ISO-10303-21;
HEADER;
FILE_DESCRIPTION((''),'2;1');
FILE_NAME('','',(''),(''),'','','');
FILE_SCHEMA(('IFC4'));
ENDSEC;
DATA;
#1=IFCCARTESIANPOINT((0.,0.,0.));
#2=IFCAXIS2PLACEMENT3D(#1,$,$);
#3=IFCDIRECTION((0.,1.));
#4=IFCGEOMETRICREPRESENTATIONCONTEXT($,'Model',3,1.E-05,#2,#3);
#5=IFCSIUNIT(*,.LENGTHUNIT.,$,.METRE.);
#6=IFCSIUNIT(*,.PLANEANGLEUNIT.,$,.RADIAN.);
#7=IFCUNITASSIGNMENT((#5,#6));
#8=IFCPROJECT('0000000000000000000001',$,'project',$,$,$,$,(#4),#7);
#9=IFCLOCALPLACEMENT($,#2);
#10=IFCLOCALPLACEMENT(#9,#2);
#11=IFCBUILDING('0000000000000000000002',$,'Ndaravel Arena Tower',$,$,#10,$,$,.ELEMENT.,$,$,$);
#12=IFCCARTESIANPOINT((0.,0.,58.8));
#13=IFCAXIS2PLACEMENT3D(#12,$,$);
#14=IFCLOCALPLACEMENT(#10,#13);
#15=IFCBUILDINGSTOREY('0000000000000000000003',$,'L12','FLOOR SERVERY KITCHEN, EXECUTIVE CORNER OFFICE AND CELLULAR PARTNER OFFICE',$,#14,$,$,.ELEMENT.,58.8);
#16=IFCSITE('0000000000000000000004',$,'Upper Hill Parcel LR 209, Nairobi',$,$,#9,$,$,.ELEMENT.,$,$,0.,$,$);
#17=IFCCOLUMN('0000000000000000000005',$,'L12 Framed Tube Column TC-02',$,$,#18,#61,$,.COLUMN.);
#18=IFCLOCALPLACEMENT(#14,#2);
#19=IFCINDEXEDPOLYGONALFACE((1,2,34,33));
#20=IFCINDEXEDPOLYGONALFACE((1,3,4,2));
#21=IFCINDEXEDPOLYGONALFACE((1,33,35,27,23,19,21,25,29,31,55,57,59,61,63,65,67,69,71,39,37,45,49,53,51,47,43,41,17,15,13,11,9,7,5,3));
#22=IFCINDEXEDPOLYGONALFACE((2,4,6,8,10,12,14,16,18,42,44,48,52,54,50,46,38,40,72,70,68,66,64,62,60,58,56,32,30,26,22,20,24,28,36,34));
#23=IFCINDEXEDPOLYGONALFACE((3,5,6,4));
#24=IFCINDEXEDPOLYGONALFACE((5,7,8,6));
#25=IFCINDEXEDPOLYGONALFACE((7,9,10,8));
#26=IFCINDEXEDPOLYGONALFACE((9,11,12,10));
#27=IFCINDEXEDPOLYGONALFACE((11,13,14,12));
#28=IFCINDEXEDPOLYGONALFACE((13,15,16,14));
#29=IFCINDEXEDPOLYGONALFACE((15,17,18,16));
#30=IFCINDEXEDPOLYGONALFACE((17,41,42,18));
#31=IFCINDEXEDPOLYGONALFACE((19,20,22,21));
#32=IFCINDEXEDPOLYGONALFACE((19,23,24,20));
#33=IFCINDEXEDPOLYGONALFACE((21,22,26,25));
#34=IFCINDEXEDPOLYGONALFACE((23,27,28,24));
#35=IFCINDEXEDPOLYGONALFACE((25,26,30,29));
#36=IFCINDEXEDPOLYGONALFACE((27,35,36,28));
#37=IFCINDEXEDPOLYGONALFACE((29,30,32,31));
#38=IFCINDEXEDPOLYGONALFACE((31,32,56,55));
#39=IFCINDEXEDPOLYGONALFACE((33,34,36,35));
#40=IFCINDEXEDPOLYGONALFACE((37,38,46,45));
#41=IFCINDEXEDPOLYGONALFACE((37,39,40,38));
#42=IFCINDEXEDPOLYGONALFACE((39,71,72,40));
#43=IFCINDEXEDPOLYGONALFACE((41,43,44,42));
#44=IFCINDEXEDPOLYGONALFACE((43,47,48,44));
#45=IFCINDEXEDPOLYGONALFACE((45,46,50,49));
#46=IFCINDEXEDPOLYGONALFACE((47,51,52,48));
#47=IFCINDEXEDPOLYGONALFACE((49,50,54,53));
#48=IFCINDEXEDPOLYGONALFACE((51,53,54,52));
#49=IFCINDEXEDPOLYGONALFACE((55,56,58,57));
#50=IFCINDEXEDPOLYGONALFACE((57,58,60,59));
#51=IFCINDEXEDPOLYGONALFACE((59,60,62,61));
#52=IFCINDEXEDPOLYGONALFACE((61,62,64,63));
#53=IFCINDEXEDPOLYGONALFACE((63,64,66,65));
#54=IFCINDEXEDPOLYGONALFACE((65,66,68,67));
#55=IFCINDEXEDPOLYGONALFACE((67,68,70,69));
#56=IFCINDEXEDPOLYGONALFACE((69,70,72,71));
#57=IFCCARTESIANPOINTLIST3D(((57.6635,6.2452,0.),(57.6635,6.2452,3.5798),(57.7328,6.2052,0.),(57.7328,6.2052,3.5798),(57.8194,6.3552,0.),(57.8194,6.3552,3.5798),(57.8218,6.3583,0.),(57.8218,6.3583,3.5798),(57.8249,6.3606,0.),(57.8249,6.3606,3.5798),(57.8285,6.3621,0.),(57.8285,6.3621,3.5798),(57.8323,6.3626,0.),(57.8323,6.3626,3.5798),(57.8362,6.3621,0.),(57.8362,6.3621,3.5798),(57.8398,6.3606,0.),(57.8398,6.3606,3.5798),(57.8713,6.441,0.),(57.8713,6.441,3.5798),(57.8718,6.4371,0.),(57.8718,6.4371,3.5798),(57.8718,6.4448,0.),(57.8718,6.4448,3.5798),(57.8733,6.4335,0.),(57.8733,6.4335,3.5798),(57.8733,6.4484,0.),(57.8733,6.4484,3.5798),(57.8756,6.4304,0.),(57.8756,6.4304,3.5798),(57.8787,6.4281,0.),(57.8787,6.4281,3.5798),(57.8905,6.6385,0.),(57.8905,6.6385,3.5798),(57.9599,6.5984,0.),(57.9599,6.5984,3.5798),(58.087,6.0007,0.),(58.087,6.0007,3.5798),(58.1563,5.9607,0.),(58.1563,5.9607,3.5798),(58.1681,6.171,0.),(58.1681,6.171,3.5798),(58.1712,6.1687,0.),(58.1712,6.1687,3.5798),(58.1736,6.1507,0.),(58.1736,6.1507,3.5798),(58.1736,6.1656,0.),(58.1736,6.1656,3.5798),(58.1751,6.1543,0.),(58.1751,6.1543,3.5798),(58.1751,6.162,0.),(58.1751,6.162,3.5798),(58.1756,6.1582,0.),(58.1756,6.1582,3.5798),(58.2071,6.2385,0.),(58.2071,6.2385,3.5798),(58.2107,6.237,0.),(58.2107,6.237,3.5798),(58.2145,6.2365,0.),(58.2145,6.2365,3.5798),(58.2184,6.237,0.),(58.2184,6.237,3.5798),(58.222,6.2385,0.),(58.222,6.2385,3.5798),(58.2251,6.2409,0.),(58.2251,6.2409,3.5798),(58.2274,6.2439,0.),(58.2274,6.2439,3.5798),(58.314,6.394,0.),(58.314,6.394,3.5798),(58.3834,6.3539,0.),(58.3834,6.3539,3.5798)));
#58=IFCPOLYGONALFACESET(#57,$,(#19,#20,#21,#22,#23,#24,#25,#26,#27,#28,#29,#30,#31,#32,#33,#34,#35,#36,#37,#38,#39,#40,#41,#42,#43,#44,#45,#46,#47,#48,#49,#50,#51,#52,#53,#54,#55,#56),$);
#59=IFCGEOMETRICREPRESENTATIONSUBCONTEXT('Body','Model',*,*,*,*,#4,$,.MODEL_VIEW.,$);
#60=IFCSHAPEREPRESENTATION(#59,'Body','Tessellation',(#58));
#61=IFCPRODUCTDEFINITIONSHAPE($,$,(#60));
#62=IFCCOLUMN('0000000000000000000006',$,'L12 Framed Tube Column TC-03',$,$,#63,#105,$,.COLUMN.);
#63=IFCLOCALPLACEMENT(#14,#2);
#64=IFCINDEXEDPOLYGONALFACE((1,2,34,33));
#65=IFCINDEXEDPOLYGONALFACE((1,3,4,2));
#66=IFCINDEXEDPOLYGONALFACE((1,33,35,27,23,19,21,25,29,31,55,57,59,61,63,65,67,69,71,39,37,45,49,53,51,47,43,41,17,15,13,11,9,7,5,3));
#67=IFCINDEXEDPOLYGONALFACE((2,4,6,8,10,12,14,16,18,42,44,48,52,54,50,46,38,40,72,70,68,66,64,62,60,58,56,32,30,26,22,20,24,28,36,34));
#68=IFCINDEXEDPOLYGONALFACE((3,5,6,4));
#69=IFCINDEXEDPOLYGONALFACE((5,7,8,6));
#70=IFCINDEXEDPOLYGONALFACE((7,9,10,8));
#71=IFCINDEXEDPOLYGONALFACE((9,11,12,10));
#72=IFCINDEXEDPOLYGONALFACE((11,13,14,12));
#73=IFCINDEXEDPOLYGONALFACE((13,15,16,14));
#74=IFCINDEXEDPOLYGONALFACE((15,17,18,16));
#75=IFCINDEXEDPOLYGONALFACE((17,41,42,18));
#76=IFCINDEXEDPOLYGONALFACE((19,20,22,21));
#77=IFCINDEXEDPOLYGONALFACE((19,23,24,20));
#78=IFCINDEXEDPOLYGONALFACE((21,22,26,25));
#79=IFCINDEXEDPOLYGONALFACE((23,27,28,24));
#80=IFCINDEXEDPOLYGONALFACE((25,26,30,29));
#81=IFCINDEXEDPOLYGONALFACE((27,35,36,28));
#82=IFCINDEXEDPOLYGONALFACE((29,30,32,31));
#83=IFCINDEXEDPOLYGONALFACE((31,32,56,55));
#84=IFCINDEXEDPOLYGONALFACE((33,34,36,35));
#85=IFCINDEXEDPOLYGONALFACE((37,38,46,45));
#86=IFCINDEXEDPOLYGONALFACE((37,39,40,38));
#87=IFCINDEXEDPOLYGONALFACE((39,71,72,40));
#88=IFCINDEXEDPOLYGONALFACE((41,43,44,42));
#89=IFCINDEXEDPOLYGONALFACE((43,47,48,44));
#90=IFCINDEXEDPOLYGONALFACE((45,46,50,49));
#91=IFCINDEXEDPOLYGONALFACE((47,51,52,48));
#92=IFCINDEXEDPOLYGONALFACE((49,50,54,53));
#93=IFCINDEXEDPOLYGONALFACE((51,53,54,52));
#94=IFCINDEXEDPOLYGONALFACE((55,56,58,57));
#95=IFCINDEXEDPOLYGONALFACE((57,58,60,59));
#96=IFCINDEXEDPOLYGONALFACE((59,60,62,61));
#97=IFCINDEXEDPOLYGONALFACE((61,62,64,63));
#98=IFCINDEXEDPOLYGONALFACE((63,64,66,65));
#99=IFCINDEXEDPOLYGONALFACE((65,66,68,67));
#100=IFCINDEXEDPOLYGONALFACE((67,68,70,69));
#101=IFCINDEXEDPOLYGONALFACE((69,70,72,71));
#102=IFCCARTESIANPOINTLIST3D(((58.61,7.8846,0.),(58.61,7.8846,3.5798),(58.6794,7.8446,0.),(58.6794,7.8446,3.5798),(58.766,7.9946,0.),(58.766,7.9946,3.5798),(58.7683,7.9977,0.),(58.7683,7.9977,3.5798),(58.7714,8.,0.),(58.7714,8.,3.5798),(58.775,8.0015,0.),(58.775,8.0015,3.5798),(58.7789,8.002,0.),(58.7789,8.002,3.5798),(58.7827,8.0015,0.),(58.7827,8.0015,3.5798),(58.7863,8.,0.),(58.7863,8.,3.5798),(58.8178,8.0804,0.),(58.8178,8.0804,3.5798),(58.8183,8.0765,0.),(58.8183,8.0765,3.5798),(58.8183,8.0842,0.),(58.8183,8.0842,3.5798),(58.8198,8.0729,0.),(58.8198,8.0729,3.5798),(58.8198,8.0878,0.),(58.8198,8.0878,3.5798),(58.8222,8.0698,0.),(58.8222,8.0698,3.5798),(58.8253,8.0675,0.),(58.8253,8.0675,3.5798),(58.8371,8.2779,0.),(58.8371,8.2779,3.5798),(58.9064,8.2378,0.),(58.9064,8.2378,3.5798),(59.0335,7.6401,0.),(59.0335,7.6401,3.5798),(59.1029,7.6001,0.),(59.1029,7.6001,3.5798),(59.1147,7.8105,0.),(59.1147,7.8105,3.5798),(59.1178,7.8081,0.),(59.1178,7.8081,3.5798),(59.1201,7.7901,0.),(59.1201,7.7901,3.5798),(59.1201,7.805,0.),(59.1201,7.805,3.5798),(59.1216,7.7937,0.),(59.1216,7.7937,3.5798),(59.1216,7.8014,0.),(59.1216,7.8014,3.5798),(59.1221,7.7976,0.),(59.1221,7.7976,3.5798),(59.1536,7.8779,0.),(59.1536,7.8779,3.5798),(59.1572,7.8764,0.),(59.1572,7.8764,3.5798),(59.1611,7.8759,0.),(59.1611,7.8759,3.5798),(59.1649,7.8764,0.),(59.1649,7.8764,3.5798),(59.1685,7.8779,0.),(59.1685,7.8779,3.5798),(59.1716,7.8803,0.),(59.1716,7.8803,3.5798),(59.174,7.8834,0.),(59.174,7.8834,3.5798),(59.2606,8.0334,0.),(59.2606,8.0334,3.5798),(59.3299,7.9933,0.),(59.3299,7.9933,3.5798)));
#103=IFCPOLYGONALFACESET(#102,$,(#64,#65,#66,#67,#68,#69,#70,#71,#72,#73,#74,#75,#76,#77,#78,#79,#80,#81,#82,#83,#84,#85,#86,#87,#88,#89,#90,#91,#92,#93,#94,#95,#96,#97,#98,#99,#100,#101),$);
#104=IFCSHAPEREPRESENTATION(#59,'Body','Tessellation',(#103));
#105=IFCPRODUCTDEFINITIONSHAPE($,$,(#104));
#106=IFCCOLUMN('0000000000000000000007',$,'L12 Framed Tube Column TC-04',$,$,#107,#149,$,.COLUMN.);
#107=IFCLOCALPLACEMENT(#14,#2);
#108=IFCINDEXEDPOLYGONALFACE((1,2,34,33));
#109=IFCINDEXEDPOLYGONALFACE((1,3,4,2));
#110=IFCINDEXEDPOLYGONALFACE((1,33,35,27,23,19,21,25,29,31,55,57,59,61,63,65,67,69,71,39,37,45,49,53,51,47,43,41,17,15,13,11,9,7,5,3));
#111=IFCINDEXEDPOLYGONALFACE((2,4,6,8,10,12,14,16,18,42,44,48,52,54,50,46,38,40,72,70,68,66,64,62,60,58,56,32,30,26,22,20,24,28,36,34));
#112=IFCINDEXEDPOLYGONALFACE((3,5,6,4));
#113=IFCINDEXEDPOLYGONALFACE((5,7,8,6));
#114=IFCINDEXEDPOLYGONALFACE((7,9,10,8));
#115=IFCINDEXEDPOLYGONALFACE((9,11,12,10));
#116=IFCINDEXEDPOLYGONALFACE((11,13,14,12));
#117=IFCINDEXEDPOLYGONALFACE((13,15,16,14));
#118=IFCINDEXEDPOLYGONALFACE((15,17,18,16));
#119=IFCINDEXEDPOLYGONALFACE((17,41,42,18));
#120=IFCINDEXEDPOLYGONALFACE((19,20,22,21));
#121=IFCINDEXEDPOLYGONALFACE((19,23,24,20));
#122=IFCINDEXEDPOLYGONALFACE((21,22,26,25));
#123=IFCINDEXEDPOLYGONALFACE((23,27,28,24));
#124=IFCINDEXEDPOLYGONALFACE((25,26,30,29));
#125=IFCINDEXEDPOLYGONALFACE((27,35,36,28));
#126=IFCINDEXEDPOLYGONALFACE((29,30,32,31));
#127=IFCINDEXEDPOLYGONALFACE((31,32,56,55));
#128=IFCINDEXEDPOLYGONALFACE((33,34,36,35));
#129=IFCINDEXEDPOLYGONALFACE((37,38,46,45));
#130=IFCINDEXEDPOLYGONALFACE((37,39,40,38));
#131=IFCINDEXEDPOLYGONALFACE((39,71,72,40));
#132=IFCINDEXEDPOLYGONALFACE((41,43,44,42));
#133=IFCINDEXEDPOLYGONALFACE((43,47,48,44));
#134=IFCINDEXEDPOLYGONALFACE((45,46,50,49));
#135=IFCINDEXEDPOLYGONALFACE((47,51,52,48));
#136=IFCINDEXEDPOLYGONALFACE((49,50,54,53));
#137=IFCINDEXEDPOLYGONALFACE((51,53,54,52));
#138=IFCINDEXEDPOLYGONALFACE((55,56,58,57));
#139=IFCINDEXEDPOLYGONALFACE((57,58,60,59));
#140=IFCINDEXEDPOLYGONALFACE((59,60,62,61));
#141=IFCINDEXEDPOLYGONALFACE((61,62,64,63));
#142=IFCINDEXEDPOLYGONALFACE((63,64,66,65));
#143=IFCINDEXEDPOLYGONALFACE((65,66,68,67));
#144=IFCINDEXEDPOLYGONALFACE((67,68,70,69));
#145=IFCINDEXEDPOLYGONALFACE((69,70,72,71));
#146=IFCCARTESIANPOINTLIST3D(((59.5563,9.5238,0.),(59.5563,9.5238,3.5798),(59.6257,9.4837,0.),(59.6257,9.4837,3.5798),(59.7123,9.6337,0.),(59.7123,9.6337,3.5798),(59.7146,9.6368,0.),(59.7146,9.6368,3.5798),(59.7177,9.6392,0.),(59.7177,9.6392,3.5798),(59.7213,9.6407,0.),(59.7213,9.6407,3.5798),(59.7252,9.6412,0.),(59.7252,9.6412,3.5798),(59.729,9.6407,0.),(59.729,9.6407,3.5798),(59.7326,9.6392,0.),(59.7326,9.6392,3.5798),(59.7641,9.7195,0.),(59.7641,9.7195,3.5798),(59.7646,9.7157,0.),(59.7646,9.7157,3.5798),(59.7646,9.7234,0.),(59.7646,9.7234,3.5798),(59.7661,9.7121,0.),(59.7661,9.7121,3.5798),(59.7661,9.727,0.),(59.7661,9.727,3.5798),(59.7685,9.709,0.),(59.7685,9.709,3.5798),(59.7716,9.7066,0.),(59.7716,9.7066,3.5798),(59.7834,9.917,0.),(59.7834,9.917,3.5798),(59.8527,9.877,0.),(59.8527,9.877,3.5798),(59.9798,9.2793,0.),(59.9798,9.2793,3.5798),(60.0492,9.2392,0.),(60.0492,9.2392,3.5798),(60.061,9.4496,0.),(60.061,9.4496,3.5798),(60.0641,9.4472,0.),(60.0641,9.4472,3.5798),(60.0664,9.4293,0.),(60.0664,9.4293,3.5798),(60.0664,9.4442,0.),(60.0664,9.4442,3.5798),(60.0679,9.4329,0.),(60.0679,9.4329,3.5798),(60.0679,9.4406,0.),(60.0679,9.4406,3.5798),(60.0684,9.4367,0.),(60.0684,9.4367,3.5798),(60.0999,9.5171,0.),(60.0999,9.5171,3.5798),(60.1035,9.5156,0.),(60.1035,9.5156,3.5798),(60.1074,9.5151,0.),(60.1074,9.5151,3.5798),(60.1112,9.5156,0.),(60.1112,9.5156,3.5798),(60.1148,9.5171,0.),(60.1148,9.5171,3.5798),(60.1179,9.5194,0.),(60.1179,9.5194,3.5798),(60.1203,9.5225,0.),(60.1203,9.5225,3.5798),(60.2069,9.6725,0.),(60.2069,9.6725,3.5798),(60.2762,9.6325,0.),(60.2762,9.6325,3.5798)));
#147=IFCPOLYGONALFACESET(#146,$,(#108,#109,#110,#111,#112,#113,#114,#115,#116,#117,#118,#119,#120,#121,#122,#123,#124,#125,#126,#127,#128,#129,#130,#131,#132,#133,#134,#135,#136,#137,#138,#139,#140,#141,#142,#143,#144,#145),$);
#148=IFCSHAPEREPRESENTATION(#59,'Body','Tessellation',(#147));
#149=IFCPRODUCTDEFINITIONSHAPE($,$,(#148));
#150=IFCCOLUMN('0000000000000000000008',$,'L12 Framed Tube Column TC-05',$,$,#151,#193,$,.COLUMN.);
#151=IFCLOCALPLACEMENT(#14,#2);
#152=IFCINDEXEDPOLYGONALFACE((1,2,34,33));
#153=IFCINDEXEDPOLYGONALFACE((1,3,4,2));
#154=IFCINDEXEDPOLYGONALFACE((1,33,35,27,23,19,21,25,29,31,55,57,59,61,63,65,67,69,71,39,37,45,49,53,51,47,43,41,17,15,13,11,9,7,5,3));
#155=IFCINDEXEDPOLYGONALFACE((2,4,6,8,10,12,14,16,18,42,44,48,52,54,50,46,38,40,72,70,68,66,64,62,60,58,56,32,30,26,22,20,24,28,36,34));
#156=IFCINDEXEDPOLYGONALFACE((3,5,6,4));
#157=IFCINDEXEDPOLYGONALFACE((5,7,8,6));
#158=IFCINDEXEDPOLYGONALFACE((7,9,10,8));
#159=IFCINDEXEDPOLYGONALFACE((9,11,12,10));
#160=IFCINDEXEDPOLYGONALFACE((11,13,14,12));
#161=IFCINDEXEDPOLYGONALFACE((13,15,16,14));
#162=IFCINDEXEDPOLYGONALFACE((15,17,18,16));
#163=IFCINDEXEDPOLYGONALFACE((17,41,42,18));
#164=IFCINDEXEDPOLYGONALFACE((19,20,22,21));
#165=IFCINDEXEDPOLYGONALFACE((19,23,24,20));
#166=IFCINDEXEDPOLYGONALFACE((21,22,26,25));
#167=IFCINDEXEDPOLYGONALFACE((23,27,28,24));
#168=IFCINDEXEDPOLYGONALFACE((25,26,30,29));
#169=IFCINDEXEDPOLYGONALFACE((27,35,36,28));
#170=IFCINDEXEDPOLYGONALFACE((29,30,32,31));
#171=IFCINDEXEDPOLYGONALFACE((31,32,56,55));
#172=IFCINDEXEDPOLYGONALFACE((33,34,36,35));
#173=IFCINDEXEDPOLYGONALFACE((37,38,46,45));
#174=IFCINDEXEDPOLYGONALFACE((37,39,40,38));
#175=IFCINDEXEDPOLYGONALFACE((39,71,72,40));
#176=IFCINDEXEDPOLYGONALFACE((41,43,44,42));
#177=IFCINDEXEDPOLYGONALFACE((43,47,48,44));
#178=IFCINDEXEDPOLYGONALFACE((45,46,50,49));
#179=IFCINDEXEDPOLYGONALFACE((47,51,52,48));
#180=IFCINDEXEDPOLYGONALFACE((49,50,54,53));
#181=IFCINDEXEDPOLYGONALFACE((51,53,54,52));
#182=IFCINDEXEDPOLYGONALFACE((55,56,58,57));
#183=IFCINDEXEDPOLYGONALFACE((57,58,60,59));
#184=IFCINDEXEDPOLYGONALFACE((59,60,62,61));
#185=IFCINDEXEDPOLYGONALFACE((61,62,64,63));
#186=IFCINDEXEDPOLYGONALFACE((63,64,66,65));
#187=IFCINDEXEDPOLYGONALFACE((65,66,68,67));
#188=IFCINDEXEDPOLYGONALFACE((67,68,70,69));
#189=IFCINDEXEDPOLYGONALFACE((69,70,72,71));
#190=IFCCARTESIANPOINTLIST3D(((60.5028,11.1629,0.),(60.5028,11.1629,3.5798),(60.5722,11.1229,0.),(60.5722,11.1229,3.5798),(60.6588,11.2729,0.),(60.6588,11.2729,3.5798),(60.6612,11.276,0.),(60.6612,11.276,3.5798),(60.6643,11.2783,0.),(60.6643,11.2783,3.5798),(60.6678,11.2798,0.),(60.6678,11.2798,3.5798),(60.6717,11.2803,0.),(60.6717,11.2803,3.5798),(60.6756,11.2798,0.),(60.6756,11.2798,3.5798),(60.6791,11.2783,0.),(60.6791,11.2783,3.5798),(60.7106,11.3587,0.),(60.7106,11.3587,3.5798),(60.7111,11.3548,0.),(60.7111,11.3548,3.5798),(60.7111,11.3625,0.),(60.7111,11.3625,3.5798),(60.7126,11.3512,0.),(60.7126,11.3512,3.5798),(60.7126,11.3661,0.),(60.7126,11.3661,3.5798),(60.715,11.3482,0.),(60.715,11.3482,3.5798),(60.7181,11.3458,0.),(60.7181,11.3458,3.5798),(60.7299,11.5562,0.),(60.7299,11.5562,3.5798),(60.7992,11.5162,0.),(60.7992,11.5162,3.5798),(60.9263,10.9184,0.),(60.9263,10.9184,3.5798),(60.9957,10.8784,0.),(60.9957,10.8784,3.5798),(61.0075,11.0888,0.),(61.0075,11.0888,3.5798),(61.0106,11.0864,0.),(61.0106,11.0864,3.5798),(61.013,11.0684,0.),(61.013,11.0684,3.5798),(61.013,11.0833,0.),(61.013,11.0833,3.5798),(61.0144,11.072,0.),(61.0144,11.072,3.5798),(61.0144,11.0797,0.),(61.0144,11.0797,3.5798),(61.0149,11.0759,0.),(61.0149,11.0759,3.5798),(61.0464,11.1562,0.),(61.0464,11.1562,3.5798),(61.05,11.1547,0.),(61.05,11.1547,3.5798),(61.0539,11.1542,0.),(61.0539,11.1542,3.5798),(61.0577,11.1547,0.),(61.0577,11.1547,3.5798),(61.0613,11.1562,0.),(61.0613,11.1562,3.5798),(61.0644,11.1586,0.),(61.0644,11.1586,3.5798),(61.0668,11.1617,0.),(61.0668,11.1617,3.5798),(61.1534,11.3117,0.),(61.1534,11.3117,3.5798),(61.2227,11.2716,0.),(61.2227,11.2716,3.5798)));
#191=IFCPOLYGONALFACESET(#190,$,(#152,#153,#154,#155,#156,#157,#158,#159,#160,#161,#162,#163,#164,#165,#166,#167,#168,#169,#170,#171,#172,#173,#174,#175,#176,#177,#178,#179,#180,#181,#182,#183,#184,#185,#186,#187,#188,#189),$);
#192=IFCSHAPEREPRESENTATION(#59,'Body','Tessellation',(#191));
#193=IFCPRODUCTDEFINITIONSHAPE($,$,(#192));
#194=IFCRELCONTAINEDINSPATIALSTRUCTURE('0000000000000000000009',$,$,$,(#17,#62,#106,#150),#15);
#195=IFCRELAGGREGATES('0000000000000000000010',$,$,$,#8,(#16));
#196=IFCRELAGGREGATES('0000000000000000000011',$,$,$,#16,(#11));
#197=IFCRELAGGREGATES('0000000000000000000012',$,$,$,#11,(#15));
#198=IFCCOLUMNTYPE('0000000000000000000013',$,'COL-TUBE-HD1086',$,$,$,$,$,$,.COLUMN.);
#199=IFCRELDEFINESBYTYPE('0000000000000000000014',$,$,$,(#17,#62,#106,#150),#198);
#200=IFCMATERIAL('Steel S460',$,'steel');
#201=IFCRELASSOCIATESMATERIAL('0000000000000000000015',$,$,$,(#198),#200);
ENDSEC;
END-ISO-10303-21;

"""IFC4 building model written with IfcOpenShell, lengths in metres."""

from ifc_helpers import new_model, si_unit, direction, frame, origin, origin_2d, place, context, subcontext, project, spatial, i_section, extrude, material, material_profile, profile_set, type_object, element, save


model = new_model("IFC4")

# Units and contexts
model_context = context("Model", 3, precision=1e-05, world=origin(), true_north=direction((0.0, 1.0)))
body_context = subcontext(model_context, "Body", "Model", "MODEL_VIEW")
ifc_project = project(units=[si_unit("LENGTHUNIT", "METRE"), si_unit("PLANEANGLEUNIT", "RADIAN")], contexts=[model_context])

# Site, building, storey
site_placement = place(None, origin())
site = spatial("IfcSite", under=ifc_project, at=site_placement, Name="Upper Hill Parcel LR 209, Nairobi", CompositionType="ELEMENT", RefElevation=0.0)
building_placement = place(site_placement, origin())
building = spatial("IfcBuilding", under=site, at=building_placement, Name="Ndaravel Arena Tower", CompositionType="ELEMENT")
storey_placement = place(building_placement, frame((0.0, 0.0, 58.8)))
storey = spatial("IfcBuildingStorey", under=building, at=storey_placement, Name="L12", Description="FLOOR SERVERY KITCHEN, EXECUTIVE CORNER OFFICE AND CELLULAR PARTNER OFFICE", CompositionType="ELEMENT", Elevation=58.8)

# Columns
ifc_material_1 = material(Name="Steel S460", Category="steel")
ifc_material_profile_1 = material_profile(ifc_material_1, i_section(OverallWidth=0.4541, OverallDepth=0.5691, WebThickness=0.0779, FlangeThickness=0.0801, FilletRadius=0.0149, at=origin_2d()), Name="HD 400x1086")
ifc_profile_set_1 = profile_set([ifc_material_profile_1], Name="Steel S460")
column_type = type_object("IfcColumnType", Name="COL-TUBE-HD1086", PredefinedType="COLUMN", material=ifc_profile_set_1)
for number, where, z_axis, x_axis, name in (
    (1, (58.0234, 6.2996, 0.0), (0.0, 0.0, 1.0), (0.5, 0.866025, 0.0), "L12 Framed Tube Column TC-02"),
    (2, (58.97, 7.939, 0.0), (0.0, 0.0, 1.0), (0.5, 0.866025, 0.0), "L12 Framed Tube Column TC-03"),
    (3, (59.9163, 9.5781, 0.0), (0.0, 0.0, 1.0), (0.5, 0.866025, 0.0), "L12 Framed Tube Column TC-04"),
    (4, (60.8628, 11.2173, 0.0), (0.0, 0.0, 1.0), (0.5, 0.866025, 0.0), "L12 Framed Tube Column TC-05"),
):
    element("IfcColumn", number, at=place(storey_placement, frame(where, z_axis=z_axis, x_axis=x_axis)), inside=storey, type_object=column_type, Name=name, PredefinedType="COLUMN", context=body_context, shape_type="SweptSolid", body=[
        extrude(i_section(OverallWidth=0.4541, OverallDepth=0.5691, WebThickness=0.0779, FlangeThickness=0.0801, FilletRadius=0.0149, at=origin_2d()), origin(), (0.0, 0.0, 1.0), 3.5798),
    ])

save(model, "model.ifc")
